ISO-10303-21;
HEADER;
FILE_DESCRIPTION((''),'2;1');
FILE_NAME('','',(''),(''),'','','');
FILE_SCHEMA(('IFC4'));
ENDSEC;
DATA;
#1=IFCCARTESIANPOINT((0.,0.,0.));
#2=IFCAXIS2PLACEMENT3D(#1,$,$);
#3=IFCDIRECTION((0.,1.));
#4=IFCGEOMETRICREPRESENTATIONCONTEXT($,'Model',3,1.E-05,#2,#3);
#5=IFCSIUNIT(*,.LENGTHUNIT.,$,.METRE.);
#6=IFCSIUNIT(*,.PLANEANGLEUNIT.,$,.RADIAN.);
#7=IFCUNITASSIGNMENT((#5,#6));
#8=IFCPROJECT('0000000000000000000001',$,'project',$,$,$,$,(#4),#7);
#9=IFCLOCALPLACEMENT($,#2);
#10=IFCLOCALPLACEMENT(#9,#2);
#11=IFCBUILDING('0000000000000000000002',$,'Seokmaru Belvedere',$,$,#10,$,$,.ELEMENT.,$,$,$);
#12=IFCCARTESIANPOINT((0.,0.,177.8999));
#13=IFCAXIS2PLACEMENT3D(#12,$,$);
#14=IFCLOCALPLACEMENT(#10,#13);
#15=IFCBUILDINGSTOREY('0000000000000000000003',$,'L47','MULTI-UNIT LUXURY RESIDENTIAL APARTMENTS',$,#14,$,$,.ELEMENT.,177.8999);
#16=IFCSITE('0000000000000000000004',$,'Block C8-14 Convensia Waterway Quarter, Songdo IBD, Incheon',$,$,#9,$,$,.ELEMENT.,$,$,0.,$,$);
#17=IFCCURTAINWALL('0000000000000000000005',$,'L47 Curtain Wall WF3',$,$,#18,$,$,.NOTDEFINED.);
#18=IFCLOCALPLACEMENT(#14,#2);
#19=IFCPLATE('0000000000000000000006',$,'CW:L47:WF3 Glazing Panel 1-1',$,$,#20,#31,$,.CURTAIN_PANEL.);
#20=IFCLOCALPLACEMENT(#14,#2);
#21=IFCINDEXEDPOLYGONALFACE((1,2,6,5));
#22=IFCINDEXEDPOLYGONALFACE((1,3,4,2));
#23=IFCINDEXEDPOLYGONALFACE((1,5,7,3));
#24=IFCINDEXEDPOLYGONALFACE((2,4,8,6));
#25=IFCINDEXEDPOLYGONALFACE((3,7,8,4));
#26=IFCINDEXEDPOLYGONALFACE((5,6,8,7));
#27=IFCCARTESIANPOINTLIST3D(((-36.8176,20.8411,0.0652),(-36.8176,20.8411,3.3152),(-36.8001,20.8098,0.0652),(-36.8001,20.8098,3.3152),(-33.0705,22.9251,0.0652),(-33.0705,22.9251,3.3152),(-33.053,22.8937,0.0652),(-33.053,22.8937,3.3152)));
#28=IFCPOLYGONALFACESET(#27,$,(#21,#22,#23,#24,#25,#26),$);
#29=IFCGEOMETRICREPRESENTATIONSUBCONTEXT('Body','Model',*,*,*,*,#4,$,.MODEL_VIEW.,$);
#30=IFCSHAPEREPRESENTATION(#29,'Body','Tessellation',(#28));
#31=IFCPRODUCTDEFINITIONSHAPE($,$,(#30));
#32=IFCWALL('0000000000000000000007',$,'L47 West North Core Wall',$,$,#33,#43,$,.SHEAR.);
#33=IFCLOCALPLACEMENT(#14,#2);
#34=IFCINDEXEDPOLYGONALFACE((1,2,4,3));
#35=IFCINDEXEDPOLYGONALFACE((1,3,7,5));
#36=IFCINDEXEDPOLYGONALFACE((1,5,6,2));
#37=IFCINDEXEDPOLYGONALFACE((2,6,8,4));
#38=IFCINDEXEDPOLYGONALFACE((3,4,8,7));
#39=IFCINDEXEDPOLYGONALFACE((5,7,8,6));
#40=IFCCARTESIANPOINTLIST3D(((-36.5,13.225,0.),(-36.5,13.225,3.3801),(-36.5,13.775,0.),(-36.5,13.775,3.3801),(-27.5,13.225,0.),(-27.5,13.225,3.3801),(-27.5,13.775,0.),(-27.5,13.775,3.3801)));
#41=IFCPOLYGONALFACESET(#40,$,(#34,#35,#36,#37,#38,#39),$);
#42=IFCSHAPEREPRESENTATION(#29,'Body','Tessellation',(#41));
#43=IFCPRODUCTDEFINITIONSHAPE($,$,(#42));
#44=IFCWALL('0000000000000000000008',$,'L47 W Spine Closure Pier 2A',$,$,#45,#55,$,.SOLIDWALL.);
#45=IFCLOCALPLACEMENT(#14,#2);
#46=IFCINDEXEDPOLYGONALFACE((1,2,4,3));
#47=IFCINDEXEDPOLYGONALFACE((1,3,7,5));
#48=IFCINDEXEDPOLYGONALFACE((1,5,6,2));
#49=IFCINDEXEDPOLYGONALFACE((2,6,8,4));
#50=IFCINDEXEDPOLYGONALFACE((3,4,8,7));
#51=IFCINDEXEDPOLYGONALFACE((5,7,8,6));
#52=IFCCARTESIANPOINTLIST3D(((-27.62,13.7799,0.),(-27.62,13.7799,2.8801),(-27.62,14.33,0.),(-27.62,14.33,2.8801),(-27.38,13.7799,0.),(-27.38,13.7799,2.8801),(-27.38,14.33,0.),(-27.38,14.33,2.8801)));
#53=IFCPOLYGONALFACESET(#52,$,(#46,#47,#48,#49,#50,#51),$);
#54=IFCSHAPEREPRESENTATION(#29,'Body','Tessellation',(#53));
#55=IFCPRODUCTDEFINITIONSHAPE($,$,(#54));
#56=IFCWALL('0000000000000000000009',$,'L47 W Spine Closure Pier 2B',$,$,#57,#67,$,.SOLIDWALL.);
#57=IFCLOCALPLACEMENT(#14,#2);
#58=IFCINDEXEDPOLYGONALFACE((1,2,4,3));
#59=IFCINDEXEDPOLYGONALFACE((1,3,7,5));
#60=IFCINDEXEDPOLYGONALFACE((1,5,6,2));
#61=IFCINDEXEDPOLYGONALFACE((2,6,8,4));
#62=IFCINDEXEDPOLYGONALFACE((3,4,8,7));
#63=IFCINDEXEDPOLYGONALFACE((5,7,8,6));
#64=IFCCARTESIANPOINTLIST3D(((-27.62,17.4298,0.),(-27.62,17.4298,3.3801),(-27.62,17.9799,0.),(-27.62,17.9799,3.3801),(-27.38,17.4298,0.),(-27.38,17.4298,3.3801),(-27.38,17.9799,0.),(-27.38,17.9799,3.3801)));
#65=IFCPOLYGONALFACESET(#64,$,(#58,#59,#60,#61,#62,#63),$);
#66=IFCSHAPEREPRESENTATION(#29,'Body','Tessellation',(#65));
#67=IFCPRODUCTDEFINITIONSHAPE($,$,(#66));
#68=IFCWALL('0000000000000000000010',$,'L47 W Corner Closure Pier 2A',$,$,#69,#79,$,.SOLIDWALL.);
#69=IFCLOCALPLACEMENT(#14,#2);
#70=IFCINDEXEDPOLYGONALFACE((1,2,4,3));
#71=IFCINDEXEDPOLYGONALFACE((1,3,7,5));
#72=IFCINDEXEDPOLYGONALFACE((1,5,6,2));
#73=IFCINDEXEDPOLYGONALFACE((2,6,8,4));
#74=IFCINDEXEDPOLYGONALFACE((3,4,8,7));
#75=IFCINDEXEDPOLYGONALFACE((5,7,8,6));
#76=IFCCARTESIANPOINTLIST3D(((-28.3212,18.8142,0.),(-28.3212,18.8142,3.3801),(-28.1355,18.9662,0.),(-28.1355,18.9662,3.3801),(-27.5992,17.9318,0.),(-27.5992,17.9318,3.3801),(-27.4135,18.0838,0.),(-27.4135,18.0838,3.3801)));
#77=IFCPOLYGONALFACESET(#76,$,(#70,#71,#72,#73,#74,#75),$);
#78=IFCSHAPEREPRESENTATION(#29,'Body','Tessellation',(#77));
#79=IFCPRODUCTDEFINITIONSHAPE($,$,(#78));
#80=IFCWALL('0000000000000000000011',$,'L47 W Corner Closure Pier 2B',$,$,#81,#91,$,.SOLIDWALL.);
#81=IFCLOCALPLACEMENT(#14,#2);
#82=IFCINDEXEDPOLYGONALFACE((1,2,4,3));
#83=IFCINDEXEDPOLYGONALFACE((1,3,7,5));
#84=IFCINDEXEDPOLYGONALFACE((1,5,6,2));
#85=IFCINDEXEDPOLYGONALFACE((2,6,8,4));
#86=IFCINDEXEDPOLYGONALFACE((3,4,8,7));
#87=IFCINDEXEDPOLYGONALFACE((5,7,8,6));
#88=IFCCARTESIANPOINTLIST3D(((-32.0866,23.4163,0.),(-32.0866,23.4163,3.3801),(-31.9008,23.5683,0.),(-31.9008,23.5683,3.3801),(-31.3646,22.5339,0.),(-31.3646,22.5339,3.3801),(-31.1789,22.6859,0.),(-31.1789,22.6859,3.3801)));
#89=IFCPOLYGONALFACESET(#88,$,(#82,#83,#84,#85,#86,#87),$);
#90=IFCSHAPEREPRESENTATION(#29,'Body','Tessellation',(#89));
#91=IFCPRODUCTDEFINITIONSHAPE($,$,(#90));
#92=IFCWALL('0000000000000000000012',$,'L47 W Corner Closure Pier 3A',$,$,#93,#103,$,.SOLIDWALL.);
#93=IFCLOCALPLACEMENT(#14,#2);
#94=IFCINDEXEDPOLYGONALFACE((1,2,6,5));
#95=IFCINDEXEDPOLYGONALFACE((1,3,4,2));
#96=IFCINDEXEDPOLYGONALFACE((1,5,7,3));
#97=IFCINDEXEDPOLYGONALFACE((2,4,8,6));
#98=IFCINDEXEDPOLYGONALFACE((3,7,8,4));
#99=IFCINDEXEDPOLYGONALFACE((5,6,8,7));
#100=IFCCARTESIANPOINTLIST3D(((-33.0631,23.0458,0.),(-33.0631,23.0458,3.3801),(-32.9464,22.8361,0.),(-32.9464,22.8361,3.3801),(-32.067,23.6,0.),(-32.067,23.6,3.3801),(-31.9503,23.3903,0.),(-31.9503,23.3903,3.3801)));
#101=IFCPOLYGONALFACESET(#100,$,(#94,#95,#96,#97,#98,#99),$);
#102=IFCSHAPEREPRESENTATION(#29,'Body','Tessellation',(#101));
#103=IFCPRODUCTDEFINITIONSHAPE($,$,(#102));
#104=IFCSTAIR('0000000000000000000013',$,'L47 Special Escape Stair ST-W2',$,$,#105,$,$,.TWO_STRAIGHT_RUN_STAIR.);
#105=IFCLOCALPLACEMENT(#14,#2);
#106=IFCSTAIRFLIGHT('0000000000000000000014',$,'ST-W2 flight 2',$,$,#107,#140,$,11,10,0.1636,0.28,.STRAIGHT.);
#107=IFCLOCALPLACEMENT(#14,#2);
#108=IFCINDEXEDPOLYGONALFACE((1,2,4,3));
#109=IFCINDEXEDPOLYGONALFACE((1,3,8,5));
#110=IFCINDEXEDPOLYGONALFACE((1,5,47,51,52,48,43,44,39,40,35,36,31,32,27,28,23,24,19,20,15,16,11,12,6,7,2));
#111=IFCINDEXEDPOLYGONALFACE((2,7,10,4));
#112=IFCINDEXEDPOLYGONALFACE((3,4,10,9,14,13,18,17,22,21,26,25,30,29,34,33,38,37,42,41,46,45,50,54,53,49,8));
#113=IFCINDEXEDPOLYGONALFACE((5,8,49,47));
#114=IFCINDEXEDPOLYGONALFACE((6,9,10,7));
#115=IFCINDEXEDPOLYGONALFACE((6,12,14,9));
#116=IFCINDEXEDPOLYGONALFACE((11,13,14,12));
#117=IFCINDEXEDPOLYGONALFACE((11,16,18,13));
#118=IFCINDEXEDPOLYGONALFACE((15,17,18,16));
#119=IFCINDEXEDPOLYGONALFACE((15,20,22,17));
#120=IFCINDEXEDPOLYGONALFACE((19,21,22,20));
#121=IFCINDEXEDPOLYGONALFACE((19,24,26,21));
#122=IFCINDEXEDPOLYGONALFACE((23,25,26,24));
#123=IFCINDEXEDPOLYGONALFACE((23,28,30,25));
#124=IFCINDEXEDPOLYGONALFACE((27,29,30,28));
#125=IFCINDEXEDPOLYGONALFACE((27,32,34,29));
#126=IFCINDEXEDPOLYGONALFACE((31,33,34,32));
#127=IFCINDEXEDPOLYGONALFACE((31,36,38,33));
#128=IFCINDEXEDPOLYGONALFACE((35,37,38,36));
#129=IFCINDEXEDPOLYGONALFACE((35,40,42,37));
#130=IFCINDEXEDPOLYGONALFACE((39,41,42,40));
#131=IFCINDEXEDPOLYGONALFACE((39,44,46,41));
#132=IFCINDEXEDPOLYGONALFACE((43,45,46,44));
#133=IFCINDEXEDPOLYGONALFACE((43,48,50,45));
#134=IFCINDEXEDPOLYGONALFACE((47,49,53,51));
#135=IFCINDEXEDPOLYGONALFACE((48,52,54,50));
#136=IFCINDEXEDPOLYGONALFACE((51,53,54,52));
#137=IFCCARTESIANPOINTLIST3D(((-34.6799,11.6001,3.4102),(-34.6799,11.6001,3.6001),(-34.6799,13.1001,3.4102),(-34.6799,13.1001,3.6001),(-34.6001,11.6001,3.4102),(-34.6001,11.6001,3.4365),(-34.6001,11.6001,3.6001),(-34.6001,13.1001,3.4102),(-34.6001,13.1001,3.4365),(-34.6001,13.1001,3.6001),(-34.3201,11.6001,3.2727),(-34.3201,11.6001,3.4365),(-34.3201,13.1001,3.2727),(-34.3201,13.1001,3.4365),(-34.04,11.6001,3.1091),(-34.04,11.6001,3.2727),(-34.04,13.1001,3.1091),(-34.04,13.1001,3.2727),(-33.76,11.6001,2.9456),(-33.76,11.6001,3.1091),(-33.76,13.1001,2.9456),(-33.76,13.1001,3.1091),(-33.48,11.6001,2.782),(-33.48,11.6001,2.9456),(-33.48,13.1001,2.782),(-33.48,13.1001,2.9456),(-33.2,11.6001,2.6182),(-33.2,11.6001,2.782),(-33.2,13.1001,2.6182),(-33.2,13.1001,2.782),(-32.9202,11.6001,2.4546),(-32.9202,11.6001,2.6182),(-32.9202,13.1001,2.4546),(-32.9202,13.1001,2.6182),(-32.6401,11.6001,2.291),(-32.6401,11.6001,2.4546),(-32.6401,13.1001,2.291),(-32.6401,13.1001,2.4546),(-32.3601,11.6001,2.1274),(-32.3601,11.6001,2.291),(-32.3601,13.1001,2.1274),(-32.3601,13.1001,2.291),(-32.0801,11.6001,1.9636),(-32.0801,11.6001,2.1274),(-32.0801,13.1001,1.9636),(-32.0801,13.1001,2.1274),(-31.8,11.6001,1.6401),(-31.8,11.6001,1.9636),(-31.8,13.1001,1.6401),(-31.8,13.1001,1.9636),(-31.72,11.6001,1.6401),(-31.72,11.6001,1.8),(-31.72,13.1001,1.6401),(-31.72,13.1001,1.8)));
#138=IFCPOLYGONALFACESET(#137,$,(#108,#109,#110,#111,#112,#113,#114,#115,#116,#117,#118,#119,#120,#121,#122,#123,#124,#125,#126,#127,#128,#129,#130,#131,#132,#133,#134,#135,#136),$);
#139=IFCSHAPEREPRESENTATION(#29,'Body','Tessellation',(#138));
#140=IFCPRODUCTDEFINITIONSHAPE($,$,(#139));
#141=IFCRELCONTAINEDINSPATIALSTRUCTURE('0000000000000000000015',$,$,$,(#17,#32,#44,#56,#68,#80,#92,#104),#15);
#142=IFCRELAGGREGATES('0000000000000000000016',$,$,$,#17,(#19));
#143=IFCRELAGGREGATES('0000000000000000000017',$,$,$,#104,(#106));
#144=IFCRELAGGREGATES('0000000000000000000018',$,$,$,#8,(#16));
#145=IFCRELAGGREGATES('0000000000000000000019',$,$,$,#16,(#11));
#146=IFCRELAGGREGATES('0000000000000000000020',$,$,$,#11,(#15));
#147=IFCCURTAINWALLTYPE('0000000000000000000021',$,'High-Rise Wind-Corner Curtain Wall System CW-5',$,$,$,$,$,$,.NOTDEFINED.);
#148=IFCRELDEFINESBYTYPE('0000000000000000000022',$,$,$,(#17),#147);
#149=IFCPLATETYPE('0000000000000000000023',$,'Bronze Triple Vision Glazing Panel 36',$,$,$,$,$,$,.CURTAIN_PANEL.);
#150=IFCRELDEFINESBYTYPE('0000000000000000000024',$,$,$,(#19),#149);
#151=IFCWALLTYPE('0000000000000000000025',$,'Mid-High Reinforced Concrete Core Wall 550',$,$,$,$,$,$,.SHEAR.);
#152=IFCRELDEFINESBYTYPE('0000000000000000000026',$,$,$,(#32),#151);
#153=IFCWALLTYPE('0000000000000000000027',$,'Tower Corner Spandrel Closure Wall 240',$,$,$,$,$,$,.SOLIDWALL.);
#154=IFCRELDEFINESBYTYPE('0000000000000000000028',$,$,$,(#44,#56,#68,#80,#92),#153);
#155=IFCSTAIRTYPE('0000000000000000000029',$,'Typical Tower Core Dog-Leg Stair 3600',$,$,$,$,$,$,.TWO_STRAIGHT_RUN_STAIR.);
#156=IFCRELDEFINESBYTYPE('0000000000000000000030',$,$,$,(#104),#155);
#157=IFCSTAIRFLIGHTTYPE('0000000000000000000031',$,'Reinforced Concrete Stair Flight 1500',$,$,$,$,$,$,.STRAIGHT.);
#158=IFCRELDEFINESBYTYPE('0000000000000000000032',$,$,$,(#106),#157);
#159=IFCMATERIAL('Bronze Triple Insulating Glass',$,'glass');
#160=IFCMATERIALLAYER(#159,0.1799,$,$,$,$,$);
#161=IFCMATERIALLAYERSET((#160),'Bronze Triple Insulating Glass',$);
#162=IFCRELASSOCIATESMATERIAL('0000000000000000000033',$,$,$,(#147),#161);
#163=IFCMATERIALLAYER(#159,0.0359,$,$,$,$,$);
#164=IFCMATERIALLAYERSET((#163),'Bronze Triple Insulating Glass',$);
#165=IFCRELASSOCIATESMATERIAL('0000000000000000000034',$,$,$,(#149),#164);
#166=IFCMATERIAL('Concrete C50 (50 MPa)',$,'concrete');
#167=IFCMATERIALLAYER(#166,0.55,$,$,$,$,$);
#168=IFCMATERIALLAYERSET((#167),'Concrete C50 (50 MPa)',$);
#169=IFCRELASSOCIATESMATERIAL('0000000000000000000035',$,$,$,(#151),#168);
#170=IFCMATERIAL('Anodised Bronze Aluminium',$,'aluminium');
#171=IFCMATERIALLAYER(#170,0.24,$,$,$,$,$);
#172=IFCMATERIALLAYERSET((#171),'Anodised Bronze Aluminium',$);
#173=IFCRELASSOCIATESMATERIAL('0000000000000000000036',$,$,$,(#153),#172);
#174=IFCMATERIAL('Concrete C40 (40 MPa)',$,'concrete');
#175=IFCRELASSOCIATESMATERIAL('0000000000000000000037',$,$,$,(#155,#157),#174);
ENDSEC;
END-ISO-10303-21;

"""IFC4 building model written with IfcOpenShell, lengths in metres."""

from ifc_helpers import new_model, si_unit, direction, frame, frame_2d, origin, origin_2d, place, context, subcontext, project, spatial, polyline, rectangle, outline, extrude, source, transform, mapped, material, layer, layer_set, type_object, element, aggregate, save


model = new_model("IFC4")

# Units and contexts
model_context = context("Model", 3, precision=1e-05, world=origin(), true_north=direction((0.0, 1.0)))
body_context = subcontext(model_context, "Body", "Model", "MODEL_VIEW")
ifc_project = project(units=[si_unit("LENGTHUNIT", "METRE"), si_unit("PLANEANGLEUNIT", "RADIAN")], contexts=[model_context])

# Site, building, storey
site_placement = place(None, origin())
site = spatial("IfcSite", under=ifc_project, at=site_placement, Name="Block C8-14 Convensia Waterway Quarter, Songdo IBD, Incheon", CompositionType="ELEMENT", RefElevation=0.0)
building_placement = place(site_placement, origin())
building = spatial("IfcBuilding", under=site, at=building_placement, Name="Seokmaru Belvedere", CompositionType="ELEMENT")
storey_placement = place(building_placement, frame((0.0, 0.0, 177.8999)))
storey = spatial("IfcBuildingStorey", under=building, at=storey_placement, Name="L47", Description="MULTI-UNIT LUXURY RESIDENTIAL APARTMENTS", CompositionType="ELEMENT", Elevation=177.8999)

# Curtain wall
ifc_material_1 = material(Name="Bronze Triple Insulating Glass", Category="glass")
ifc_layer_1 = layer(ifc_material_1, 0.1799)
ifc_layer_set_1 = layer_set([ifc_layer_1], Name="Bronze Triple Insulating Glass")
curtain_wall_type = type_object("IfcCurtainWallType", Name="High-Rise Wind-Corner Curtain Wall System CW-5", PredefinedType="NOTDEFINED", material=ifc_layer_set_1)
ifc_material_2 = material(Name="Anodised Bronze Aluminium", Category="aluminium")
curtain_wall_1_placement = place(storey_placement, origin())
curtain_wall_1 = element("IfcCurtainWall", 1, at=curtain_wall_1_placement, inside=storey, type_object=curtain_wall_type, Name="L47 Curtain Wall WF3", PredefinedType="NOTDEFINED")

# Plate
ifc_layer_2 = layer(ifc_material_1, 0.0359)
ifc_layer_set_2 = layer_set([ifc_layer_2], Name="Bronze Triple Insulating Glass")
plate_type = type_object("IfcPlateType", Name="Bronze Triple Vision Glazing Panel 36", PredefinedType="CURTAIN_PANEL", material=ifc_layer_set_2)
shared_shape_1 = source(origin(), body_context, "Body", "SweptSolid", [
    extrude(rectangle(XDim=4.2876, YDim=0.0359, at=origin_2d()), origin(), (0.0, 0.0, 1.0), 3.25),
])
plate_1_placement = place(storey_placement, frame((-34.9353, 21.8674, 0.0652), z_axis=(0.0, 0.0, 1.0), x_axis=(-0.873933, -0.486047, 0.0)))
plate_1 = element("IfcPlate", 2, at=plate_1_placement, type_object=plate_type, Name="CW:L47:WF3 Glazing Panel 1-1", PredefinedType="CURTAIN_PANEL", context=body_context, shape_type="MappedRepresentation", body=[
    mapped(shared_shape_1, transform((0.0, 0.0, 0.0), scale=1.0)),
])
aggregate(curtain_wall_1, [plate_1])

# Walls
ifc_material_3 = material(Name="Concrete C50 (50 MPa)", Category="concrete")
ifc_layer_3 = layer(ifc_material_3, 0.55)
ifc_layer_set_3 = layer_set([ifc_layer_3], Name="Concrete C50 (50 MPa)")
wall_type_1 = type_object("IfcWallType", Name="Mid-High Reinforced Concrete Core Wall 550", PredefinedType="SHEAR", material=ifc_layer_set_3)
wall_1_placement = place(storey_placement, frame((-36.5, 13.5, 0.0), z_axis=(0.0, 0.0, 1.0), x_axis=(1.0, 0.0, 0.0)))
element("IfcWall", 3, at=wall_1_placement, inside=storey, type_object=wall_type_1, Name="L47 West North Core Wall", PredefinedType="SHEAR", context=body_context, shape_type="SweptSolid", body=[
    extrude(rectangle(XDim=9.0, YDim=0.55, at=frame_2d((4.5, 0.0))), origin(), (0.0, 0.0, 1.0), 3.3801),
])
ifc_layer_4 = layer(ifc_material_2, 0.24)
ifc_layer_set_4 = layer_set([ifc_layer_4], Name="Anodised Bronze Aluminium")
wall_type_2 = type_object("IfcWallType", Name="Tower Corner Spandrel Closure Wall 240", PredefinedType="SOLIDWALL", material=ifc_layer_set_4)
wall_2_placement = place(storey_placement, frame((-27.5, 13.78, 0.0), z_axis=(0.0, 0.0, 1.0), x_axis=(0.0, 1.0, 0.0)))
element("IfcWall", 4, at=wall_2_placement, inside=storey, type_object=wall_type_2, Name="L47 W Spine Closure Pier 2A", PredefinedType="SOLIDWALL", context=body_context, shape_type="SweptSolid", body=[
    extrude(rectangle(XDim=0.55, YDim=0.24, at=frame_2d((0.2749, 0.0))), origin(), (0.0, 0.0, 1.0), 2.8801),
])
wall_3_placement = place(storey_placement, frame((-27.5, 17.4299, 0.0), z_axis=(0.0, 0.0, 1.0), x_axis=(0.0, 1.0, 0.0)))
element("IfcWall", 5, at=wall_3_placement, inside=storey, type_object=wall_type_2, Name="L47 W Spine Closure Pier 2B", PredefinedType="SOLIDWALL", context=body_context, shape_type="SweptSolid", body=[
    extrude(rectangle(XDim=0.55, YDim=0.24, at=frame_2d((0.2749, 0.0))), origin(), (0.0, 0.0, 1.0), 3.3801),
])
for number, where, z_axis, x_axis, name in (
    (6, (-27.5063, 18.0078, 0.0), (0.0, 0.0, 1.0), (-0.633249, 0.773948, 0.0), "L47 W Corner Closure Pier 2A"),
    (7, (-31.2717, 22.6099, 0.0), (0.0, 0.0, 1.0), (-0.633249, 0.773948, 0.0), "L47 W Corner Closure Pier 2B"),
):
    element("IfcWall", number, at=place(storey_placement, frame(where, z_axis=z_axis, x_axis=x_axis)), inside=storey, type_object=wall_type_2, Name=name, PredefinedType="SOLIDWALL", context=body_context, shape_type="SweptSolid", body=[
        extrude(rectangle(XDim=1.1401, YDim=0.24, at=frame_2d((0.5701, 0.0))), origin(), (0.0, 0.0, 1.0), 3.3801),
    ])
wall_4_placement = place(storey_placement, frame((-32.0088, 23.4951, 0.0), z_axis=(0.0, 0.0, 1.0), x_axis=(-0.873854, -0.486188, 0.0)))
element("IfcWall", 8, at=wall_4_placement, inside=storey, type_object=wall_type_2, Name="L47 W Corner Closure Pier 3A", PredefinedType="SOLIDWALL", context=body_context, shape_type="SweptSolid", body=[
    extrude(rectangle(XDim=1.1399, YDim=0.24, at=frame_2d((0.5698, 0.0))), origin(), (0.0, 0.0, 1.0), 3.3801),
])

# Stair, stair flight
ifc_material_4 = material(Name="Concrete C40 (40 MPa)", Category="concrete")
stair_type = type_object("IfcStairType", Name="Typical Tower Core Dog-Leg Stair 3600", PredefinedType="TWO_STRAIGHT_RUN_STAIR", material=ifc_material_4)
stair_placement = place(storey_placement, origin())
stair = element("IfcStair", 9, at=stair_placement, inside=storey, type_object=stair_type, Name="L47 Special Escape Stair ST-W2", PredefinedType="TWO_STRAIGHT_RUN_STAIR")
stair_flight_type = type_object("IfcStairFlightType", Name="Reinforced Concrete Stair Flight 1500", PredefinedType="STRAIGHT", material=ifc_material_4)
stair_flight_placement = place(storey_placement, frame((-31.8, 12.3501, 1.8), z_axis=(0.0, 0.0, 1.0), x_axis=(-1.0, 0.0, 0.0)))
stair_flight = element("IfcStairFlight", 10, at=stair_flight_placement, type_object=stair_flight_type, Name="ST-W2 flight 2", NumberOfRisers=11, NumberOfTreads=10, PredefinedType="STRAIGHT", RiserHeight=0.1636, TreadLength=0.28, context=body_context, shape_type="SweptSolid", body=[
    extrude(outline(polyline([(-0.0801, 0.0), (0.0, 0.1636), (0.28, 0.1636), (0.28, 0.3274), (0.5601, 0.3274), (0.5601, 0.491), (0.8401, 0.491), (0.8401, 0.6545), (1.1201, 0.6545), (1.1201, 0.8181), (1.3999, 0.8181), (1.3999, 0.9819), (1.6799, 0.9819), (1.6799, 1.1455), (1.96, 1.1455), (1.96, 1.3091), (2.24, 1.3091), (2.24, 1.4727), (2.52, 1.4727), (2.52, 1.6365), (2.8, 1.6365), (2.8, 1.8), (2.8799, 1.8), (2.8799, 1.6101), (2.8, 1.6101), (0.0, -0.1599), (-0.0801, -0.1599), (-0.0801, 0.0)])), frame((0.0, 0.75, 0.0), z_axis=(0.0, -1.0, 0.0), x_axis=(1.0, 0.0, 0.0)), (0.0, 0.0, 1.0), 1.5),
])
aggregate(stair, [stair_flight])

save(model, "model.ifc")
